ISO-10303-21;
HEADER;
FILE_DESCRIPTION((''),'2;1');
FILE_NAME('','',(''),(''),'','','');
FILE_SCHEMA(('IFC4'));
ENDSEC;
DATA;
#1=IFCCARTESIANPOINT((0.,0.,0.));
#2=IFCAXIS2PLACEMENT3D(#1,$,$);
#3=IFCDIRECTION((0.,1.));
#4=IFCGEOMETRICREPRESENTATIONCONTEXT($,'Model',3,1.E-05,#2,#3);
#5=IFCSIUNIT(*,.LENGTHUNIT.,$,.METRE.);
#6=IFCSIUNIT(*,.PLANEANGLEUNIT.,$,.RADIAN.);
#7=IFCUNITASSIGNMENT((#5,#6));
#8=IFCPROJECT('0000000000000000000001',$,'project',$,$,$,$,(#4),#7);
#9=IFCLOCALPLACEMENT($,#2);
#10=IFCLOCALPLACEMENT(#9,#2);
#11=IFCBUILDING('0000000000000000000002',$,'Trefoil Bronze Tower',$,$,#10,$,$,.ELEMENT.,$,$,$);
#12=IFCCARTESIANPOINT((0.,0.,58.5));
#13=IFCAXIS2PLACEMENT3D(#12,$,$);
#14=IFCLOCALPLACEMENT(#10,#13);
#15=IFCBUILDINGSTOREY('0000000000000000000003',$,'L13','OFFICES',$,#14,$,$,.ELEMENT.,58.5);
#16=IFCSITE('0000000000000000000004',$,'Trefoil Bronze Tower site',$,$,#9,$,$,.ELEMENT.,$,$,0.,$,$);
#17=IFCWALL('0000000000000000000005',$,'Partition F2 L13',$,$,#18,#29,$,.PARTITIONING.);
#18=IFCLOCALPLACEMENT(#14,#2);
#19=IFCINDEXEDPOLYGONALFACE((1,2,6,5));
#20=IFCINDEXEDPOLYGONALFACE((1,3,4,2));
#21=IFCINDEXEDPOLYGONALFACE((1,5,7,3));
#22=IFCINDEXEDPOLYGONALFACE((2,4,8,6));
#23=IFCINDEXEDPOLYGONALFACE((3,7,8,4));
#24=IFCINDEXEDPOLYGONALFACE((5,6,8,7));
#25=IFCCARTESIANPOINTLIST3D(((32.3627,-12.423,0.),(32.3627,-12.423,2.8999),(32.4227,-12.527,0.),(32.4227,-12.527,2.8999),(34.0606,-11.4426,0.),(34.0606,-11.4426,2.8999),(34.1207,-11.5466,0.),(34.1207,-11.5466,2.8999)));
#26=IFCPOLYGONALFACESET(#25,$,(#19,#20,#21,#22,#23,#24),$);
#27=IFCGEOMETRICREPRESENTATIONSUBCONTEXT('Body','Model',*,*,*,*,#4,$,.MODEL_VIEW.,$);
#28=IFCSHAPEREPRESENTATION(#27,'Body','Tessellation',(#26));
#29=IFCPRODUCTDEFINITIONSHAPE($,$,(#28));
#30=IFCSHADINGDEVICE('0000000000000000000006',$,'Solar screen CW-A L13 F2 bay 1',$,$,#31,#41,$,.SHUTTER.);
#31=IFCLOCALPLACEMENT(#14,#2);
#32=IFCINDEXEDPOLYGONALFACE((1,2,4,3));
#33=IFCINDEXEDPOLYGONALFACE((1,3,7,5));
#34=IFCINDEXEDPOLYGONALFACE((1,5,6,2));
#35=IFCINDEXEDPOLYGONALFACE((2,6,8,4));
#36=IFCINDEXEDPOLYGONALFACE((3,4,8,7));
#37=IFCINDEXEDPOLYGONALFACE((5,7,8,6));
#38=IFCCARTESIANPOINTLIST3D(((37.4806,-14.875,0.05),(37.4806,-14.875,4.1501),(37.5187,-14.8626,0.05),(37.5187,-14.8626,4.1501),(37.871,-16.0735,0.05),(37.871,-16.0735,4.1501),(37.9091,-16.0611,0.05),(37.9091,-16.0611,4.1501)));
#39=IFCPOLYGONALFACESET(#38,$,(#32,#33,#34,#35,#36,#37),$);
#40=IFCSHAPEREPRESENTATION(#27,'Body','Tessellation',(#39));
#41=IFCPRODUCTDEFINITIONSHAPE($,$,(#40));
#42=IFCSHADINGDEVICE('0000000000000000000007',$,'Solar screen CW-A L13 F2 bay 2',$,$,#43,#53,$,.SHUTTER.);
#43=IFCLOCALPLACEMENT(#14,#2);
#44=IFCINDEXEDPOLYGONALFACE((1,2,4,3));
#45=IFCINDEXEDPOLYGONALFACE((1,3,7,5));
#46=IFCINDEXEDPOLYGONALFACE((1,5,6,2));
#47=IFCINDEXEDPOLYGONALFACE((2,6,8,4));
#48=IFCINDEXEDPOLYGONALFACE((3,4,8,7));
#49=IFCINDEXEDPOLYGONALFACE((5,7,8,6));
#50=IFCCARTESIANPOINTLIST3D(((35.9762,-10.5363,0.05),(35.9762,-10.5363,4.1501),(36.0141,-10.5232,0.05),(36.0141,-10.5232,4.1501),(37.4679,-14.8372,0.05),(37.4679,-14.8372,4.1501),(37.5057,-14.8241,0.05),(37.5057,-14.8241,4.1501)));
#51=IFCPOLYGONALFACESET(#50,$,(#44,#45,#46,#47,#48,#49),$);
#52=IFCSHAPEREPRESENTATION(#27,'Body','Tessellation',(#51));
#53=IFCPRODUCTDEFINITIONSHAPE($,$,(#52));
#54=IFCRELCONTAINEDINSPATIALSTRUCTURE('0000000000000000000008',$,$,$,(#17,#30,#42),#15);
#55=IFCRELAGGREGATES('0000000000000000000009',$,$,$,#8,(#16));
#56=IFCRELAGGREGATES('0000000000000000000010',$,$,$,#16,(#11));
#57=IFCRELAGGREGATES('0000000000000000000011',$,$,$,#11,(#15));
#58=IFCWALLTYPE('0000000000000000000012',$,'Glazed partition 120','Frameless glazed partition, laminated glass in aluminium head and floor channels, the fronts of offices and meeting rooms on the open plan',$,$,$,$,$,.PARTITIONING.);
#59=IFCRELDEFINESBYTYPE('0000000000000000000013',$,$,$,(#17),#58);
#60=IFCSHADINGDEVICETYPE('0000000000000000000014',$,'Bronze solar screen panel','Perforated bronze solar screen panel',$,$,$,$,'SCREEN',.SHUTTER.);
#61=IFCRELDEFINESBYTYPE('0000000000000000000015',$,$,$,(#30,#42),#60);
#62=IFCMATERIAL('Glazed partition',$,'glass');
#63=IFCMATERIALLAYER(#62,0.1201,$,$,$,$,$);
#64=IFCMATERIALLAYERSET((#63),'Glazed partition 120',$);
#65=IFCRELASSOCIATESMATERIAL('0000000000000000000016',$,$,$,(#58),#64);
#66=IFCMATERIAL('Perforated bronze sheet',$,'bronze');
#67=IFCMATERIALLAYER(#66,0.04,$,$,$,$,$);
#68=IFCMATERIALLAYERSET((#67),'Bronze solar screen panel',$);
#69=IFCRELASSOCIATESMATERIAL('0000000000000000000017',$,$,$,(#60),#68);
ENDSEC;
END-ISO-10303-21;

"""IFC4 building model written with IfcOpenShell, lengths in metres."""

from ifc_helpers import new_model, si_unit, direction, frame, frame_2d, origin, origin_2d, place, context, subcontext, project, spatial, rectangle, extrude, material, layer, layer_set, type_object, element, save


model = new_model("IFC4")

# Units and contexts
model_context = context("Model", 3, precision=1e-05, world=origin(), true_north=direction((0.0, 1.0)))
body_context = subcontext(model_context, "Body", "Model", "MODEL_VIEW")
ifc_project = project(units=[si_unit("LENGTHUNIT", "METRE"), si_unit("PLANEANGLEUNIT", "RADIAN")], contexts=[model_context])

# Site, building, storey
site_placement = place(None, origin())
site = spatial("IfcSite", under=ifc_project, at=site_placement, Name="Trefoil Bronze Tower site", CompositionType="ELEMENT", RefElevation=0.0)
building_placement = place(site_placement, origin())
building = spatial("IfcBuilding", under=site, at=building_placement, Name="Trefoil Bronze Tower", CompositionType="ELEMENT")
storey_placement = place(building_placement, frame((0.0, 0.0, 58.5)))
storey = spatial("IfcBuildingStorey", under=building, at=storey_placement, Name="L13", Description="OFFICES", CompositionType="ELEMENT", Elevation=58.5)

# Shared definitions
ifc_material_1 = material(Name="Glazed partition", Category="glass")
ifc_layer_1 = layer(ifc_material_1, 0.1201)
ifc_layer_set_1 = layer_set([ifc_layer_1], Name="Glazed partition 120")
wall_type = type_object("IfcWallType", Name="Glazed partition 120", Description="Frameless glazed partition, laminated glass in aluminium head and floor channels, the fronts of offices and meeting rooms on the open plan", PredefinedType="PARTITIONING", material=ifc_layer_set_1)

# Wall
wall_1_placement = place(storey_placement, frame((32.3926, -12.4751, 0.0), z_axis=(0.0, 0.0, 1.0), x_axis=(0.865997, 0.500049, 0.0)))
element("IfcWall", 1, at=wall_1_placement, inside=storey, type_object=wall_type, Name="Partition F2 L13", PredefinedType="PARTITIONING", context=body_context, shape_type="SweptSolid", body=[
    extrude(rectangle(XDim=1.9607, YDim=0.1201, at=frame_2d((0.9805, 0.0))), origin(), (0.0, 0.0, 1.0), 2.8999),
])

# Shading devices
ifc_material_2 = material(Name="Perforated bronze sheet", Category="bronze")
ifc_layer_2 = layer(ifc_material_2, 0.04)
ifc_layer_set_2 = layer_set([ifc_layer_2], Name="Bronze solar screen panel")
shading_device_type = type_object("IfcShadingDeviceType", Name="Bronze solar screen panel", Description="Perforated bronze solar screen panel", ElementType="SCREEN", PredefinedType="SHUTTER", material=ifc_layer_set_2)
shading_device_1_placement = place(storey_placement, frame((37.6948, -15.468, 0.05), z_axis=(0.0, 0.0, 1.0), x_axis=(-0.309728, 0.950825, 0.0)))
element("IfcShadingDevice", 2, at=shading_device_1_placement, inside=storey, type_object=shading_device_type, Name="Solar screen CW-A L13 F2 bay 1", PredefinedType="SHUTTER", context=body_context, shape_type="SweptSolid", body=[
    extrude(rectangle(XDim=1.2605, YDim=0.04, at=origin_2d()), origin(), (0.0, 0.0, 1.0), 4.1001),
])
shading_device_2_placement = place(storey_placement, frame((36.741, -12.6802, 0.05), z_axis=(0.0, 0.0, 1.0), x_axis=(-0.327674, 0.944791, 0.0)))
element("IfcShadingDevice", 3, at=shading_device_2_placement, inside=storey, type_object=shading_device_type, Name="Solar screen CW-A L13 F2 bay 2", PredefinedType="SHUTTER", context=body_context, shape_type="SweptSolid", body=[
    extrude(rectangle(XDim=4.5522, YDim=0.04, at=origin_2d()), origin(), (0.0, 0.0, 1.0), 4.1001),
])

save(model, "model.ifc")
